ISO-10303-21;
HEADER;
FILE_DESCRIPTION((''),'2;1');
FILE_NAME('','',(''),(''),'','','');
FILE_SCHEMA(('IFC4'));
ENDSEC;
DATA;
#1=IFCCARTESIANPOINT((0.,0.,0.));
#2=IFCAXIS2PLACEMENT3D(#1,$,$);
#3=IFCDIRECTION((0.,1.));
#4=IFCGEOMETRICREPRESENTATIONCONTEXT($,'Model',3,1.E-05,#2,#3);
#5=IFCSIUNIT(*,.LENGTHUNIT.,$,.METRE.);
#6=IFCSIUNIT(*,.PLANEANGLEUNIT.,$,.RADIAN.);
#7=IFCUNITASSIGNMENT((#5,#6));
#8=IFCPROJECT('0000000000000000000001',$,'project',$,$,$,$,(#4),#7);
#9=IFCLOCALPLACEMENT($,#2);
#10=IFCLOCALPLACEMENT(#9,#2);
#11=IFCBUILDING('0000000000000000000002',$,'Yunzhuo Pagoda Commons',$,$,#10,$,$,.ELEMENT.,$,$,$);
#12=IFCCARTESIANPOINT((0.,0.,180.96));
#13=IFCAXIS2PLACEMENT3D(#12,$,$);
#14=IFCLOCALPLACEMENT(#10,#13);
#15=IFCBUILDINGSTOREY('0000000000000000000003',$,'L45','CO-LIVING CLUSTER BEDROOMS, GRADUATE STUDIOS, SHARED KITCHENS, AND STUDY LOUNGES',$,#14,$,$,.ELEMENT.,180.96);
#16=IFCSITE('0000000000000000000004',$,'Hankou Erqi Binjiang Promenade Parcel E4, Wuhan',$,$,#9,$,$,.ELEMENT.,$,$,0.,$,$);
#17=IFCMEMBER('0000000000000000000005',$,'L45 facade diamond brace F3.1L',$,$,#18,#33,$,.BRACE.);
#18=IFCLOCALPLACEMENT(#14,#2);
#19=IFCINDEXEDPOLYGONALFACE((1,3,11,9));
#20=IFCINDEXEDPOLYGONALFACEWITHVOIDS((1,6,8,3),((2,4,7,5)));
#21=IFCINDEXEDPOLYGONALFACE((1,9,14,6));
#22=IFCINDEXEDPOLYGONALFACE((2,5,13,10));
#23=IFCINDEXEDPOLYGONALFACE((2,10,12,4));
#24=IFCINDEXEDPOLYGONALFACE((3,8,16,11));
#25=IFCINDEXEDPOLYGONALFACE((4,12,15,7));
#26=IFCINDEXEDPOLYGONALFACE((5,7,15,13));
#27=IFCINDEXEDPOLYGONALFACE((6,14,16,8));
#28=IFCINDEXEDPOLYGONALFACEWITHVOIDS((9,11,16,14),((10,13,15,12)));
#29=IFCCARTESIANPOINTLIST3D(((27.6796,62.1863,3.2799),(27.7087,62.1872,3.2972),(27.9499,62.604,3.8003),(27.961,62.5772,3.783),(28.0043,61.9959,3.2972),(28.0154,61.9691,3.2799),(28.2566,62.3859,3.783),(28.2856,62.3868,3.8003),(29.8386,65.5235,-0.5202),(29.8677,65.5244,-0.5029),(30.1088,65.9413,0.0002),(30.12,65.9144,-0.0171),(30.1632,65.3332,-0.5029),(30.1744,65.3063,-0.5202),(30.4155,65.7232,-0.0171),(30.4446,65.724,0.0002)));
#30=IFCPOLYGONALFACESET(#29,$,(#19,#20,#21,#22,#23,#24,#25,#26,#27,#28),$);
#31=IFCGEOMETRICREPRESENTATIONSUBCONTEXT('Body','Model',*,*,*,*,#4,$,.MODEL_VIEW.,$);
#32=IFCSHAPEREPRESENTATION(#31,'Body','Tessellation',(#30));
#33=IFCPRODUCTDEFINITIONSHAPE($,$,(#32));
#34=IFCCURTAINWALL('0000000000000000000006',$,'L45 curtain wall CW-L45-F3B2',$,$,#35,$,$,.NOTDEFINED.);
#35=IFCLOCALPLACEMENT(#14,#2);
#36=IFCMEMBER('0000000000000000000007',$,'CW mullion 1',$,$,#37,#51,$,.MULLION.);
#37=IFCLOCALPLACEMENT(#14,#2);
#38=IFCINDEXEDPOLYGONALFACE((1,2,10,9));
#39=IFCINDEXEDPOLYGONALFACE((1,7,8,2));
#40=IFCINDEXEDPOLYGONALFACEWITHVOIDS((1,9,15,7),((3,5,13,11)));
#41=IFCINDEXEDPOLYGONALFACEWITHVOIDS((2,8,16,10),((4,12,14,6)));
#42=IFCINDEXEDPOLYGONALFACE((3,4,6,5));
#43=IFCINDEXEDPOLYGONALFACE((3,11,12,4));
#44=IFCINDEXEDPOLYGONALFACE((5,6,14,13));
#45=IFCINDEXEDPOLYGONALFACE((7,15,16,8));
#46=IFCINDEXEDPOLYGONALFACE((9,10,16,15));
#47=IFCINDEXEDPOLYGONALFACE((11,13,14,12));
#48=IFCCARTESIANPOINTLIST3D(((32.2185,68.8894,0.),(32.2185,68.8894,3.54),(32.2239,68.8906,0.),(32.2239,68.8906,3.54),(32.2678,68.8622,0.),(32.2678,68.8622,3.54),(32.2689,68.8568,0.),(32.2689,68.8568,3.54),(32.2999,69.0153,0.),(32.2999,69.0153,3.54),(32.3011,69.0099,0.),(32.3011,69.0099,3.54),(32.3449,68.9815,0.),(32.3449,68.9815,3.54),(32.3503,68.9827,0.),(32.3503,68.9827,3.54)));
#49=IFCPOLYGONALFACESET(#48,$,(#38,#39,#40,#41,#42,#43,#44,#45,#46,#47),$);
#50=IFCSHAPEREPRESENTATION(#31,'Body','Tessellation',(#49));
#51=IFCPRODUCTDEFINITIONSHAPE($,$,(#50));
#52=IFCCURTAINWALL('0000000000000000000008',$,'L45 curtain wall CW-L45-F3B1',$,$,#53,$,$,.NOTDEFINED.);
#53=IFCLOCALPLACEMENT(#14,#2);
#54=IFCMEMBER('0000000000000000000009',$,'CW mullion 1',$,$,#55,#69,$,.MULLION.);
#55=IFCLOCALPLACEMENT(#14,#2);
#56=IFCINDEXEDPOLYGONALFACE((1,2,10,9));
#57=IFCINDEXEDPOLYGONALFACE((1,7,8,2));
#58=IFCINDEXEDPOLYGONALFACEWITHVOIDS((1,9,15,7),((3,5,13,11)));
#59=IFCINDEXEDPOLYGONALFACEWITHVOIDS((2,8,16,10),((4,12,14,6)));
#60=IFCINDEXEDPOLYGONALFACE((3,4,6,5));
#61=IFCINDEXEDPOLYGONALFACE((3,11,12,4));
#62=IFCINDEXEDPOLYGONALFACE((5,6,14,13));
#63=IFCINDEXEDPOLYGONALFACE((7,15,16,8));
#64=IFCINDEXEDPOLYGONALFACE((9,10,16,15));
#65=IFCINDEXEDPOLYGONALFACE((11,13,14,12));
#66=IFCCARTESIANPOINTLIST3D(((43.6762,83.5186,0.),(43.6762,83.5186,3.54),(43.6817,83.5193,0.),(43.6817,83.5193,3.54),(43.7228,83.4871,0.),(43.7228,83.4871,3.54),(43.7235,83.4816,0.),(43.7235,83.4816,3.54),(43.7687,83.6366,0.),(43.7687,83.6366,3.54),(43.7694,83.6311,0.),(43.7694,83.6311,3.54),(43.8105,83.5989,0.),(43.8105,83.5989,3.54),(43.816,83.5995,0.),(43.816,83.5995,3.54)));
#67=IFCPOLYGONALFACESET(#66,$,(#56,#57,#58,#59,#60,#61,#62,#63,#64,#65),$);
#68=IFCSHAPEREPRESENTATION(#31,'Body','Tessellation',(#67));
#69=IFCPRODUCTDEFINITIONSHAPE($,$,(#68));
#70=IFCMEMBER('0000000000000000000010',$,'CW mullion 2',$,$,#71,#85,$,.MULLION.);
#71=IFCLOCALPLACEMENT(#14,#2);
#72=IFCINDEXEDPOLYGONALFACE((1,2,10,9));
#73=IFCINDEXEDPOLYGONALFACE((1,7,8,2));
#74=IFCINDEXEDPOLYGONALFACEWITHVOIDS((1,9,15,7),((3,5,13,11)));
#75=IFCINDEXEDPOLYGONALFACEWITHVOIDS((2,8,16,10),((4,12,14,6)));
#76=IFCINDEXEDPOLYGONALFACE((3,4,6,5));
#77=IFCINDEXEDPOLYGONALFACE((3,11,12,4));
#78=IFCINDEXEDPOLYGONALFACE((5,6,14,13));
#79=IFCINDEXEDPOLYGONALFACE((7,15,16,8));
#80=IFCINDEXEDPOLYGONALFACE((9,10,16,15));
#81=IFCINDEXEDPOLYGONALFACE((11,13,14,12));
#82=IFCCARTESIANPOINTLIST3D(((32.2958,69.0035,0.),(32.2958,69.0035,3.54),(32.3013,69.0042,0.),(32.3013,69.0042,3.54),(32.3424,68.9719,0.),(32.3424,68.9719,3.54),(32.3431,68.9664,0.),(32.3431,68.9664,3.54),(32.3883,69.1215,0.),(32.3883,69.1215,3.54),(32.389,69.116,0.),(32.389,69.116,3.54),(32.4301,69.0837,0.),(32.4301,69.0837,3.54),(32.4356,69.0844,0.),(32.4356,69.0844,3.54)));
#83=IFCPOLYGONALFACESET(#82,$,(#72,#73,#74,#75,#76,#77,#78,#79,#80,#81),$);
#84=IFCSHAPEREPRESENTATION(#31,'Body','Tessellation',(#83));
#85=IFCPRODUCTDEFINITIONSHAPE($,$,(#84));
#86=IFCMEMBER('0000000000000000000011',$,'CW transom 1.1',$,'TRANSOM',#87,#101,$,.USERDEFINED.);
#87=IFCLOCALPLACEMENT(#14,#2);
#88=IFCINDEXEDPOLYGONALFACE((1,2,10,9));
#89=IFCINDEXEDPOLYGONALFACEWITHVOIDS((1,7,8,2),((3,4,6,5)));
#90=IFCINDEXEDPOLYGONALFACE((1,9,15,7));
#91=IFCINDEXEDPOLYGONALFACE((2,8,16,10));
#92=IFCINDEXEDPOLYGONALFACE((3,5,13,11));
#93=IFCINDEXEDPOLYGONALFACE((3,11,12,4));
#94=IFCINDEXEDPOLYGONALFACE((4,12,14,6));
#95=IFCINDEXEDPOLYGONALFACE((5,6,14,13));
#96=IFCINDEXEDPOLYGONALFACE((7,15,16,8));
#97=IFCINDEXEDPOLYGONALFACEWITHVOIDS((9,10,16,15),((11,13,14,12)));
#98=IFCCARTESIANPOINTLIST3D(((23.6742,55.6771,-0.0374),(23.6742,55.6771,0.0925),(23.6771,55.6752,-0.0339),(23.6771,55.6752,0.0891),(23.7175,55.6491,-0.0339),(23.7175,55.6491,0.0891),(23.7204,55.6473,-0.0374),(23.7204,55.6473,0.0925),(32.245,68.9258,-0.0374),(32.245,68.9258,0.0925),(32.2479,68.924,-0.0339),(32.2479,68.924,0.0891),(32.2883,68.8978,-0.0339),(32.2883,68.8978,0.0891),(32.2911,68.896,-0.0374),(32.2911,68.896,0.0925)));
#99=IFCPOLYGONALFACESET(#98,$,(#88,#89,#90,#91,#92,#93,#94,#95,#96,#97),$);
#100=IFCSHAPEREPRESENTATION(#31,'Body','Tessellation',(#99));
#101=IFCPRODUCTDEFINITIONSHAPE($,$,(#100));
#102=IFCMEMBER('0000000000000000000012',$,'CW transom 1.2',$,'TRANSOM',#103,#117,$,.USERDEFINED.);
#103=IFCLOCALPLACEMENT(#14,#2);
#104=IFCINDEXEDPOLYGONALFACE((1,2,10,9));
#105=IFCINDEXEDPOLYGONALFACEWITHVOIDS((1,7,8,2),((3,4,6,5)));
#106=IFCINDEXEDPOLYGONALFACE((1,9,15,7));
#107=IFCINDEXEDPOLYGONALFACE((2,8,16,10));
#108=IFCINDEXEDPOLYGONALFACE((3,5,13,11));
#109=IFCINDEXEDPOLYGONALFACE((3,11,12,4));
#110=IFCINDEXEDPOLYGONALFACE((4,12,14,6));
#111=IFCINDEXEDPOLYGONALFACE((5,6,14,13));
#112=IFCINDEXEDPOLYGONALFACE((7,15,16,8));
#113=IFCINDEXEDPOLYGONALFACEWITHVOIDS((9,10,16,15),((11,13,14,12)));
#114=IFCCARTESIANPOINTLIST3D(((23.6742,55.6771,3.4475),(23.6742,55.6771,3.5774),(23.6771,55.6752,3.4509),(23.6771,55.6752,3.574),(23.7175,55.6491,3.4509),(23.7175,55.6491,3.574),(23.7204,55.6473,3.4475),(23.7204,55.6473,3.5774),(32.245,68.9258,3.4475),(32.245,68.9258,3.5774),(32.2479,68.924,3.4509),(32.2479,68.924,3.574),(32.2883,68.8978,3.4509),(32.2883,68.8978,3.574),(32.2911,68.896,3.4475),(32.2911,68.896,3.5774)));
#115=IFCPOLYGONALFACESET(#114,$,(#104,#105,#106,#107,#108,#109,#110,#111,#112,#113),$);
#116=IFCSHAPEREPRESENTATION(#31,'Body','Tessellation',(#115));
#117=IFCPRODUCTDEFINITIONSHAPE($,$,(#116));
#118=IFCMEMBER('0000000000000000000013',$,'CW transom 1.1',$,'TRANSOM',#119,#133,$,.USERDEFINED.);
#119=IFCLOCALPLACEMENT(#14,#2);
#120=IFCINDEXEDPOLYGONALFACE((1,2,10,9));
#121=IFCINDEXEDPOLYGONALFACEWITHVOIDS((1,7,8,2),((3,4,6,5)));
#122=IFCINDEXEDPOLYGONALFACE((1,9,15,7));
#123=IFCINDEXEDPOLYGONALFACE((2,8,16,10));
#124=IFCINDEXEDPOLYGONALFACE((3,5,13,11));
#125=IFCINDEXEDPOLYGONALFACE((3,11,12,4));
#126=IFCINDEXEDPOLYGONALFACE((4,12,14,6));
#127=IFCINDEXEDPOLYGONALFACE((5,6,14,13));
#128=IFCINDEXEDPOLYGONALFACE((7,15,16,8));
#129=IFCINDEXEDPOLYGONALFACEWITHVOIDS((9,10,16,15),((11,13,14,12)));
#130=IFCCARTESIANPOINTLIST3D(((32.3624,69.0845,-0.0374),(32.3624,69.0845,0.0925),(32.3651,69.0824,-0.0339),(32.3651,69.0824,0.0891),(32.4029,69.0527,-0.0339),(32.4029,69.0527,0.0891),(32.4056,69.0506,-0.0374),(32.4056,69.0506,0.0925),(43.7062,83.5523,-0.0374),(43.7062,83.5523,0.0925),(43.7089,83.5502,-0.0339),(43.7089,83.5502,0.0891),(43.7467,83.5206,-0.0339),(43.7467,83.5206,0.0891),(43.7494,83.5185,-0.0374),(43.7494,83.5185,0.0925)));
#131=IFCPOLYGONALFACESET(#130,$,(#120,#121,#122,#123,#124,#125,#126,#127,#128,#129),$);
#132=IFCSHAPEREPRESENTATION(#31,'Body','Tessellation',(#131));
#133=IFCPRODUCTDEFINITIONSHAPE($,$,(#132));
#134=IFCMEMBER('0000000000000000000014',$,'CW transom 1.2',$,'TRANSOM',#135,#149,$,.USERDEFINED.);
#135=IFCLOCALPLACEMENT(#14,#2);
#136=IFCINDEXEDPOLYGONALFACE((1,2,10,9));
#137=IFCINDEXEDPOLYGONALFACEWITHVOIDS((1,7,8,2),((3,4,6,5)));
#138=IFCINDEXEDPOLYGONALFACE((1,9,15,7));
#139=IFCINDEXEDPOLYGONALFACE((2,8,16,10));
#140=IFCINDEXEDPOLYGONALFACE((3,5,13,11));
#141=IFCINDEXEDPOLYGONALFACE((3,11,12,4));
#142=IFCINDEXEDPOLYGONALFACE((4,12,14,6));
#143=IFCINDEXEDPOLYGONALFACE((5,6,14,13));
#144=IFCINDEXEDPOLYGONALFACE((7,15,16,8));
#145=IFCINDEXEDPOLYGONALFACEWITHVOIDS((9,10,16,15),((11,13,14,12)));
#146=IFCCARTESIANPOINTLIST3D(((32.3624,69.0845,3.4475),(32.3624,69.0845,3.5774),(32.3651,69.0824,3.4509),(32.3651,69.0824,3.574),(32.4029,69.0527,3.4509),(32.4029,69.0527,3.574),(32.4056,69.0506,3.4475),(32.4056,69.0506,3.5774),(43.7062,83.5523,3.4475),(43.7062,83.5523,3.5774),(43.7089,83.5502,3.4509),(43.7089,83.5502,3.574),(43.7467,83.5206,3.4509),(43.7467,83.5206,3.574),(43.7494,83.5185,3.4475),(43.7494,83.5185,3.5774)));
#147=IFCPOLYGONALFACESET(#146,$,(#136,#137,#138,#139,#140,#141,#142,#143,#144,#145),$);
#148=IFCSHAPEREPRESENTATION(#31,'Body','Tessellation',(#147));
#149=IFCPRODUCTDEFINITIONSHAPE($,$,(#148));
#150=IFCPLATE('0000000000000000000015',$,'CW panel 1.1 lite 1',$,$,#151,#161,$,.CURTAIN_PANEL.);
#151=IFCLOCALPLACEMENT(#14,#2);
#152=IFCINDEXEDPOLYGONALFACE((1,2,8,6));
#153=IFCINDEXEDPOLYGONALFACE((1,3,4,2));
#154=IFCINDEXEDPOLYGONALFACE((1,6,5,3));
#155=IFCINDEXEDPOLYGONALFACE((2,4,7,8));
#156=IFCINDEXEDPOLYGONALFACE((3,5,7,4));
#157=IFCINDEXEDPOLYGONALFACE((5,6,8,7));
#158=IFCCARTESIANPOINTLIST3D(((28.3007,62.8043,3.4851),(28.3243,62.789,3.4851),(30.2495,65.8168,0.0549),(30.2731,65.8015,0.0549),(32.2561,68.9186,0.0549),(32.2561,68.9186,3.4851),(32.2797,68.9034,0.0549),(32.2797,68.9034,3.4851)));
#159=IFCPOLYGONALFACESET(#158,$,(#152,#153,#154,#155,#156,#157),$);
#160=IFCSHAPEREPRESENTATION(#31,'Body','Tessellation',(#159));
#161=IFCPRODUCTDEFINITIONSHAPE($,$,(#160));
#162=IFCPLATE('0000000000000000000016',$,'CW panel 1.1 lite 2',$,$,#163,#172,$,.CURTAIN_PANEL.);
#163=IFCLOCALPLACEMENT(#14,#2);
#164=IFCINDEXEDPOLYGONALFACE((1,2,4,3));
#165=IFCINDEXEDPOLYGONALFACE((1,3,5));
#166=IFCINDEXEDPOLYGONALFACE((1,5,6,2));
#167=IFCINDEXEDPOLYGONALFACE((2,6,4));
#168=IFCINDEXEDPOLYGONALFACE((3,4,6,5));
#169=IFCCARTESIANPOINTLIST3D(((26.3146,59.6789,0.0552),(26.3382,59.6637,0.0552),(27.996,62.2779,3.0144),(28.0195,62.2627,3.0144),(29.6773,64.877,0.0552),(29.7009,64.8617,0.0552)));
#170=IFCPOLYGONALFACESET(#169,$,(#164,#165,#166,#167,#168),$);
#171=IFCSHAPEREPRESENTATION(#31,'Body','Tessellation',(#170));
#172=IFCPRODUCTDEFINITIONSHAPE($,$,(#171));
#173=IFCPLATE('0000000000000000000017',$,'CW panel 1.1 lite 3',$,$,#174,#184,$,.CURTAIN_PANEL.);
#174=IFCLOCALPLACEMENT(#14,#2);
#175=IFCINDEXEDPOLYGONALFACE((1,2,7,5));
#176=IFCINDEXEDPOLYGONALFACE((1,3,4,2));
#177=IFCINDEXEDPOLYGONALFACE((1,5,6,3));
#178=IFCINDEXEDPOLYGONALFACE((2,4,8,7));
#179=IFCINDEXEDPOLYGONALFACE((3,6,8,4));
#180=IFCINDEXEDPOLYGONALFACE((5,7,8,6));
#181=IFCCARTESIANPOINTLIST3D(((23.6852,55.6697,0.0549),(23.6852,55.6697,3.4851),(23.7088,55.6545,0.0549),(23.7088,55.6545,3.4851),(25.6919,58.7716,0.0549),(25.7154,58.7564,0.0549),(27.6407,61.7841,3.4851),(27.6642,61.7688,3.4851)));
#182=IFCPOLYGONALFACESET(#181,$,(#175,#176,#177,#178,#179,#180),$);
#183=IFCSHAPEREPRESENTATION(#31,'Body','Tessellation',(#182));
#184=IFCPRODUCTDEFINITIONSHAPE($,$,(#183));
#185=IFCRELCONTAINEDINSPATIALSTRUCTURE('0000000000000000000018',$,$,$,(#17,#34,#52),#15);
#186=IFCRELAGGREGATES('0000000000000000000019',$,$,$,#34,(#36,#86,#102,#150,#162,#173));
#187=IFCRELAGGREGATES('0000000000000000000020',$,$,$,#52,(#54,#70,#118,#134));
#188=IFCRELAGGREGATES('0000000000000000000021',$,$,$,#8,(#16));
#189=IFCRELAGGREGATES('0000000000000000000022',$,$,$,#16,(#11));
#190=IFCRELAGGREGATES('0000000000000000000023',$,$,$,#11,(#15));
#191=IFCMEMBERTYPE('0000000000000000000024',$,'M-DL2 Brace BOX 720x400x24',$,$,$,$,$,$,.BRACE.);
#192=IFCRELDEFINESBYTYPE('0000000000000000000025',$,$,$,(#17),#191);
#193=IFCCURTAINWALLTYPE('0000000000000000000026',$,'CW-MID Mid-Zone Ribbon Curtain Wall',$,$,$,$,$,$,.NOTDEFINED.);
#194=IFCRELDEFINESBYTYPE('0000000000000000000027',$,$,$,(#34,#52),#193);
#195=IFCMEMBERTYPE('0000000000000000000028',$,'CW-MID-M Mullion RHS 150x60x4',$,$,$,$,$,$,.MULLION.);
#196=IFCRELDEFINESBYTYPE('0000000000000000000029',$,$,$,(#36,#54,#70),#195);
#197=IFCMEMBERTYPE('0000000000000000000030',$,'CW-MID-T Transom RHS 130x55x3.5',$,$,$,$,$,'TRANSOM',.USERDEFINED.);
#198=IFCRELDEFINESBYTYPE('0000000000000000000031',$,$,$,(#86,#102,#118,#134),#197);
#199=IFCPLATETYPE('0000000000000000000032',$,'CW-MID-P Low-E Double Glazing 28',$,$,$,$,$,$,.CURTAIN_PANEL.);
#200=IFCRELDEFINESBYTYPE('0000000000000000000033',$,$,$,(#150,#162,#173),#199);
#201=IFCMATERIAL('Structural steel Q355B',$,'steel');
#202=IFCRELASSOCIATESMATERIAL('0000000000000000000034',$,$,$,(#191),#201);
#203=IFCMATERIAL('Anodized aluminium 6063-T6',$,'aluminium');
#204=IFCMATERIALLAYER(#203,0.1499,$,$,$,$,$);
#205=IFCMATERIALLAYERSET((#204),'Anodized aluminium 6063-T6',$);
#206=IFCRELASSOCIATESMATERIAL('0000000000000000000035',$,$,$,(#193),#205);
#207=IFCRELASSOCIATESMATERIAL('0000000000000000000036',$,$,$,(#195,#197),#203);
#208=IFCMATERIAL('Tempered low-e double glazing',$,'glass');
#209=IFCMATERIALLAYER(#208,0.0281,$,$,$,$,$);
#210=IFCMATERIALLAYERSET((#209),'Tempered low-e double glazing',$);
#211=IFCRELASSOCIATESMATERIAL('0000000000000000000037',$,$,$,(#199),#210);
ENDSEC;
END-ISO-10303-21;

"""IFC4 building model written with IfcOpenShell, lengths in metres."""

from ifc_helpers import new_model, si_unit, direction, frame, origin, origin_2d, place, context, subcontext, project, spatial, polyline, hollow_rectangle, outline, extrude, source, transform, mapped, material, layer, layer_set, material_profile, profile_set, type_object, element, aggregate, save


model = new_model("IFC4")

# Units and contexts
model_context = context("Model", 3, precision=1e-05, world=origin(), true_north=direction((0.0, 1.0)))
body_context = subcontext(model_context, "Body", "Model", "MODEL_VIEW")
ifc_project = project(units=[si_unit("LENGTHUNIT", "METRE"), si_unit("PLANEANGLEUNIT", "RADIAN")], contexts=[model_context])

# Site, building, storey
site_placement = place(None, origin())
site = spatial("IfcSite", under=ifc_project, at=site_placement, Name="Hankou Erqi Binjiang Promenade Parcel E4, Wuhan", CompositionType="ELEMENT", RefElevation=0.0)
building_placement = place(site_placement, origin())
building = spatial("IfcBuilding", under=site, at=building_placement, Name="Yunzhuo Pagoda Commons", CompositionType="ELEMENT")
storey_placement = place(building_placement, frame((0.0, 0.0, 180.96)))
storey = spatial("IfcBuildingStorey", under=building, at=storey_placement, Name="L45", Description="CO-LIVING CLUSTER BEDROOMS, GRADUATE STUDIOS, SHARED KITCHENS, AND STUDY LOUNGES", CompositionType="ELEMENT", Elevation=180.96)

# Shared definitions
ifc_material_1 = material(Name="Structural steel Q355B", Category="steel")

# Member
ifc_material_profile_1 = material_profile(ifc_material_1, hollow_rectangle(XDim=0.3999, YDim=0.72, WallThickness=0.0239, at=origin_2d()), Name="Structural steel Q355B")
ifc_profile_set_1 = profile_set([ifc_material_profile_1], Name="Structural steel Q355B")
member_type_1 = type_object("IfcMemberType", Name="M-DL2 Brace BOX 720x400x24", PredefinedType="BRACE", material=ifc_profile_set_1)
shared_shape_1 = source(origin(), body_context, "Body", "SweptSolid", [
    extrude(hollow_rectangle(XDim=0.3999, YDim=0.72, WallThickness=0.0239, at=origin_2d()), origin(), (0.0, 0.0, 1.0), 5.499),
])
member_1_placement = place(storey_placement, frame((30.1416, 65.6238, -0.26), z_axis=(-0.392612, -0.606876, 0.691055), x_axis=(0.839616, -0.54318, 0.0)))
element("IfcMember", 1, at=member_1_placement, inside=storey, type_object=member_type_1, Name="L45 facade diamond brace F3.1L", PredefinedType="BRACE", context=body_context, shape_type="MappedRepresentation", body=[
    mapped(shared_shape_1, transform((0.0, 0.0, 0.0), scale=1.0)),
])

# Curtain wall, member
ifc_material_2 = material(Name="Anodized aluminium 6063-T6", Category="aluminium")
ifc_layer_1 = layer(ifc_material_2, 0.1499)
ifc_layer_set_1 = layer_set([ifc_layer_1], Name="Anodized aluminium 6063-T6")
curtain_wall_type = type_object("IfcCurtainWallType", Name="CW-MID Mid-Zone Ribbon Curtain Wall", PredefinedType="NOTDEFINED", material=ifc_layer_set_1)
curtain_wall_1_placement = place(storey_placement, origin())
curtain_wall_1 = element("IfcCurtainWall", 2, at=curtain_wall_1_placement, inside=storey, type_object=curtain_wall_type, Name="L45 curtain wall CW-L45-F3B2", PredefinedType="NOTDEFINED")
ifc_material_profile_2 = material_profile(ifc_material_2, hollow_rectangle(XDim=0.0601, YDim=0.1499, WallThickness=0.0039, at=origin_2d()), Name="Anodized aluminium 6063-T6")
ifc_profile_set_2 = profile_set([ifc_material_profile_2], Name="Anodized aluminium 6063-T6")
member_type_2 = type_object("IfcMemberType", Name="CW-MID-M Mullion RHS 150x60x4", PredefinedType="MULLION", material=ifc_profile_set_2)
shared_shape_2 = source(origin(), body_context, "Body", "SweptSolid", [
    extrude(hollow_rectangle(XDim=0.0601, YDim=0.1499, WallThickness=0.0039, at=origin_2d()), origin(), (0.0, 0.0, 1.0), 3.54),
])
member_2_placement = place(storey_placement, frame((32.2844, 68.936, 0.0), z_axis=(0.0, 0.0, 1.0), x_axis=(0.839627, -0.543164, 0.0)))
member_2 = element("IfcMember", 3, at=member_2_placement, type_object=member_type_2, Name="CW mullion 1", PredefinedType="MULLION", context=body_context, shape_type="MappedRepresentation", body=[
    mapped(shared_shape_2, transform((0.0, 0.0, 0.0), scale=1.0)),
])

# Curtain wall, members
curtain_wall_2_placement = place(storey_placement, origin())
curtain_wall_2 = element("IfcCurtainWall", 4, at=curtain_wall_2_placement, inside=storey, type_object=curtain_wall_type, Name="L45 curtain wall CW-L45-F3B1", PredefinedType="NOTDEFINED")
member_3_placement = place(storey_placement, frame((43.7461, 83.5591, 0.0), z_axis=(0.0, 0.0, 1.0), x_axis=(0.78695, -0.617016, 0.0)))
member_3 = element("IfcMember", 5, at=member_3_placement, type_object=member_type_2, Name="CW mullion 1", PredefinedType="MULLION", context=body_context, shape_type="MappedRepresentation", body=[
    mapped(shared_shape_2, transform((0.0, 0.0, 0.0), scale=1.0)),
])
member_4_placement = place(storey_placement, frame((32.3657, 69.0439, 0.0), z_axis=(0.0, 0.0, 1.0), x_axis=(0.78695, -0.617016, 0.0)))
member_4 = element("IfcMember", 6, at=member_4_placement, type_object=member_type_2, Name="CW mullion 2", PredefinedType="MULLION", context=body_context, shape_type="MappedRepresentation", body=[
    mapped(shared_shape_2, transform((0.0, 0.0, 0.0), scale=1.0)),
])

# Members
ifc_material_profile_3 = material_profile(ifc_material_2, hollow_rectangle(XDim=0.0549, YDim=0.1299, WallThickness=0.0034, at=origin_2d()), Name="Anodized aluminium 6063-T6")
ifc_profile_set_3 = profile_set([ifc_material_profile_3], Name="Anodized aluminium 6063-T6")
member_type_3 = type_object("IfcMemberType", Name="CW-MID-T Transom RHS 130x55x3.5", ElementType="TRANSOM", PredefinedType="USERDEFINED", material=ifc_profile_set_3)
shared_shape_3 = source(origin(), body_context, "Body", "SweptSolid", [
    extrude(hollow_rectangle(XDim=0.0549, YDim=0.1299, WallThickness=0.0034, at=origin_2d()), origin(), (0.0, 0.0, 1.0), 15.7793),
])
member_5_placement = place(storey_placement, frame((32.2681, 68.9109, 0.0276), z_axis=(-0.543165, -0.839626, 0.0), x_axis=(0.839626, -0.543165, 0.0)))
member_5 = element("IfcMember", 7, at=member_5_placement, type_object=member_type_3, Name="CW transom 1.1", ObjectType="TRANSOM", PredefinedType="USERDEFINED", context=body_context, shape_type="MappedRepresentation", body=[
    mapped(shared_shape_3, transform((0.0, 0.0, 0.0), scale=1.0)),
])
member_6_placement = place(storey_placement, frame((32.2681, 68.9109, 3.5125), z_axis=(-0.543165, -0.839626, 0.0), x_axis=(0.839626, -0.543165, 0.0)))
member_6 = element("IfcMember", 8, at=member_6_placement, type_object=member_type_3, Name="CW transom 1.2", ObjectType="TRANSOM", PredefinedType="USERDEFINED", context=body_context, shape_type="MappedRepresentation", body=[
    mapped(shared_shape_3, transform((0.0, 0.0, 0.0), scale=1.0)),
])
shared_shape_4 = source(origin(), body_context, "Body", "SweptSolid", [
    extrude(hollow_rectangle(XDim=0.0549, YDim=0.1299, WallThickness=0.0034, at=origin_2d()), origin(), (0.0, 0.0, 1.0), 18.3848),
])
member_7_placement = place(storey_placement, frame((43.7278, 83.5354, 0.0276), z_axis=(-0.617021, -0.786946, 0.0), x_axis=(0.786946, -0.617021, 0.0)))
member_7 = element("IfcMember", 9, at=member_7_placement, type_object=member_type_3, Name="CW transom 1.1", ObjectType="TRANSOM", PredefinedType="USERDEFINED", context=body_context, shape_type="MappedRepresentation", body=[
    mapped(shared_shape_4, transform((0.0, 0.0, 0.0), scale=1.0)),
])
member_8_placement = place(storey_placement, frame((43.7278, 83.5354, 3.5125), z_axis=(-0.617021, -0.786946, 0.0), x_axis=(0.786946, -0.617021, 0.0)))
member_8 = element("IfcMember", 10, at=member_8_placement, type_object=member_type_3, Name="CW transom 1.2", ObjectType="TRANSOM", PredefinedType="USERDEFINED", context=body_context, shape_type="MappedRepresentation", body=[
    mapped(shared_shape_4, transform((0.0, 0.0, 0.0), scale=1.0)),
])

# Plates
ifc_material_3 = material(Name="Tempered low-e double glazing", Category="glass")
ifc_layer_2 = layer(ifc_material_3, 0.0281)
ifc_layer_set_2 = layer_set([ifc_layer_2], Name="Tempered low-e double glazing")
plate_type_1 = type_object("IfcPlateType", Name="CW-MID-P Low-E Double Glazing 28", PredefinedType="CURTAIN_PANEL", material=ifc_layer_set_2)
plate_1_placement = place(storey_placement, frame((30.302, 65.8462, 1.77), z_axis=(-0.839627, 0.543164, 0.0), x_axis=(-0.543164, -0.839627, 0.0)))
plate_1 = element("IfcPlate", 11, at=plate_1_placement, type_object=plate_type_1, Name="CW panel 1.1 lite 1", PredefinedType="CURTAIN_PANEL", context=body_context, shape_type="SweptSolid", body=[
    extrude(outline(polyline([(-3.6411, -1.7151), (0.0532, -1.7151), (3.6411, 1.7151), (-3.6411, 1.7151), (-3.6411, -1.7151)])), origin(), (0.0, 0.0, 1.0), 0.0281),
])
plate_2_placement = place(storey_placement, frame((28.0195, 62.2627, 1.5347), z_axis=(-0.839627, 0.543164, 0.0), x_axis=(-0.543164, -0.839627, 0.0)))
plate_2 = element("IfcPlate", 12, at=plate_2_placement, type_object=plate_type_1, Name="CW panel 1.1 lite 2", PredefinedType="CURTAIN_PANEL", context=body_context, shape_type="SweptSolid", body=[
    extrude(outline(polyline([(-3.0955, -1.4795), (3.0955, -1.4795), (0.0, 1.4797), (-3.0955, -1.4795)])), origin(), (0.0, 0.0, 1.0), 0.0281),
])
plate_3_placement = place(storey_placement, frame((25.6865, 58.7117, 1.77), z_axis=(-0.839627, 0.543164, 0.0), x_axis=(-0.543164, -0.839627, 0.0)))
plate_3 = element("IfcPlate", 13, at=plate_3_placement, type_object=plate_type_1, Name="CW panel 1.1 lite 3", PredefinedType="CURTAIN_PANEL", context=body_context, shape_type="SweptSolid", body=[
    extrude(outline(polyline([(-3.6411, 1.7151), (-0.0532, -1.7151), (3.6411, -1.7151), (3.6411, 1.7151), (-3.6411, 1.7151)])), origin(), (0.0, 0.0, 1.0), 0.0281),
])
aggregate(curtain_wall_1, [member_2, member_5, member_6, plate_1, plate_2, plate_3])
aggregate(curtain_wall_2, [member_3, member_4, member_7, member_8])

save(model, "model.ifc")
